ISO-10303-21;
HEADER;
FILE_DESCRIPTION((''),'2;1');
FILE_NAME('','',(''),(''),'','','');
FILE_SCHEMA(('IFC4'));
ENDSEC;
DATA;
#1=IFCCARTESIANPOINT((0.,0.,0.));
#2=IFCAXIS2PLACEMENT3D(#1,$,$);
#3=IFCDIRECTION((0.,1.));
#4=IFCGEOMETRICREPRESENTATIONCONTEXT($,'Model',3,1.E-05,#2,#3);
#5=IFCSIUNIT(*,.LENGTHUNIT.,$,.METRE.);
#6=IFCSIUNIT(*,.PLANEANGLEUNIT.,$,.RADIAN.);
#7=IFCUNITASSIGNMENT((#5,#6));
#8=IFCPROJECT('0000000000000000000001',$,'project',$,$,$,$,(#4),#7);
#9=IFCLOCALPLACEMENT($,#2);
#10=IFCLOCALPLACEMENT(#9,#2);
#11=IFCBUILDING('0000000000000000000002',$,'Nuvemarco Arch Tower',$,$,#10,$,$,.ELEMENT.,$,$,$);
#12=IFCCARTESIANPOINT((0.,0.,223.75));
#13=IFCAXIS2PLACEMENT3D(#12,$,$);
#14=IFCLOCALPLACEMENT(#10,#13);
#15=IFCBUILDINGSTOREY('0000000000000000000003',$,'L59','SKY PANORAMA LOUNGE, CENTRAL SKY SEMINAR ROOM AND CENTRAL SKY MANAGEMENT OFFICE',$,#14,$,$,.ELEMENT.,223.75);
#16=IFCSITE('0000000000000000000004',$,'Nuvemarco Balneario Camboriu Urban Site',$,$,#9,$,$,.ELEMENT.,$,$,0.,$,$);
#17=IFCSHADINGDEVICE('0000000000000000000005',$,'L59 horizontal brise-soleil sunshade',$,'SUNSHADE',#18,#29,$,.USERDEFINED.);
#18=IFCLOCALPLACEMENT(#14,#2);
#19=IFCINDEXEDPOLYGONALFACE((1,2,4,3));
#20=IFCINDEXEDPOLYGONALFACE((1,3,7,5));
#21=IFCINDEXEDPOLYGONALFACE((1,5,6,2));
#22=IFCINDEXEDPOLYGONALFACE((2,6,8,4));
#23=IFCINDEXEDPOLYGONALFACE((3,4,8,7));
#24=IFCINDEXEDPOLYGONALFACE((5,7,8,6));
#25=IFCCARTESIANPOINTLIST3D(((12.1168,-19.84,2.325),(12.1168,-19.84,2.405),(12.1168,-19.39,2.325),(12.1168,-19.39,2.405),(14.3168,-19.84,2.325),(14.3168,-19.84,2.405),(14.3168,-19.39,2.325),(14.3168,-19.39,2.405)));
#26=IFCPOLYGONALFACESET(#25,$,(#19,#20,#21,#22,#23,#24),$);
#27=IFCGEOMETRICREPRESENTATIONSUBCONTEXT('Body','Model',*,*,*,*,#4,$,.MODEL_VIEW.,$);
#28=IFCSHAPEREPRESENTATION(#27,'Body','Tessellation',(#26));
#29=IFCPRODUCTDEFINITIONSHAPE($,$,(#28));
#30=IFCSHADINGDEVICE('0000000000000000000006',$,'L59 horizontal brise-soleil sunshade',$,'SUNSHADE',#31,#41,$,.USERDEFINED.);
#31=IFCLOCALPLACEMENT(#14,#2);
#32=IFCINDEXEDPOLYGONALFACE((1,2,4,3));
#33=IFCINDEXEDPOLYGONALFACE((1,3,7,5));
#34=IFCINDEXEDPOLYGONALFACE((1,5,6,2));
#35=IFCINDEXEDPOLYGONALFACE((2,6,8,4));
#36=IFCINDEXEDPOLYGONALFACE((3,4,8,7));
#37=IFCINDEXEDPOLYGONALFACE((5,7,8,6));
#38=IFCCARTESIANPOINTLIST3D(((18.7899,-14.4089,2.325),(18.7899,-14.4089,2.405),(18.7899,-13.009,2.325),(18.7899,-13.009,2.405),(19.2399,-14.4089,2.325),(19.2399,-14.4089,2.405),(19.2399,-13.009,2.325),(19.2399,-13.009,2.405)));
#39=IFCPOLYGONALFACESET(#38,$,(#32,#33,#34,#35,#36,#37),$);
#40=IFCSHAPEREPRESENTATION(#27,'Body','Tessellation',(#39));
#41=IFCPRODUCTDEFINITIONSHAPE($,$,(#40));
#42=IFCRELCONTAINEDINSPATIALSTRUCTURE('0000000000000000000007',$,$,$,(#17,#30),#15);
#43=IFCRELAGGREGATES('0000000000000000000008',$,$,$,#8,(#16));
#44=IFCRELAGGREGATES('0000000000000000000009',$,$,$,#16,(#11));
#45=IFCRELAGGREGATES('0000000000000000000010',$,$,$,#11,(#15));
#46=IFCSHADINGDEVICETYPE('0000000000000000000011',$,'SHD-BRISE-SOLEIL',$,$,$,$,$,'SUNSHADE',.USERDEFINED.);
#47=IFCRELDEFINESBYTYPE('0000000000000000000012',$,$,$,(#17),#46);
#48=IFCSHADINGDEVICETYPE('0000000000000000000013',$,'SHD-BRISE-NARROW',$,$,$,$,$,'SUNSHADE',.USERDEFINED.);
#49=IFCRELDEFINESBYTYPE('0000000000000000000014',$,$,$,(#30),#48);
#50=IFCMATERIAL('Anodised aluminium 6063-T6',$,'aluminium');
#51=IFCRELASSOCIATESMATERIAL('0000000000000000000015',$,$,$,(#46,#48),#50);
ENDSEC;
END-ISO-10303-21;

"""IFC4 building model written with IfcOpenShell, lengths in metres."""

from ifc_helpers import new_model, si_unit, direction, frame, origin, origin_2d, place, context, subcontext, project, spatial, rectangle, extrude, source, transform, mapped, material, type_object, type_shapes, element, save


model = new_model("IFC4")

# Units and contexts
model_context = context("Model", 3, precision=1e-05, world=origin(), true_north=direction((0.0, 1.0)))
body_context = subcontext(model_context, "Body", "Model", "MODEL_VIEW")
ifc_project = project(units=[si_unit("LENGTHUNIT", "METRE"), si_unit("PLANEANGLEUNIT", "RADIAN")], contexts=[model_context])

# Site, building, storey
site_placement = place(None, origin())
site = spatial("IfcSite", under=ifc_project, at=site_placement, Name="Nuvemarco Balneario Camboriu Urban Site", CompositionType="ELEMENT", RefElevation=0.0)
building_placement = place(site_placement, origin())
building = spatial("IfcBuilding", under=site, at=building_placement, Name="Nuvemarco Arch Tower", CompositionType="ELEMENT")
storey_placement = place(building_placement, frame((0.0, 0.0, 223.75)))
storey = spatial("IfcBuildingStorey", under=building, at=storey_placement, Name="L59", Description="SKY PANORAMA LOUNGE, CENTRAL SKY SEMINAR ROOM AND CENTRAL SKY MANAGEMENT OFFICE", CompositionType="ELEMENT", Elevation=223.75)

# Shading devices
ifc_material_1 = material(Name="Anodised aluminium 6063-T6", Category="aluminium")
shading_device_type_1 = type_object("IfcShadingDeviceType", Name="SHD-BRISE-SOLEIL", ElementType="SUNSHADE", PredefinedType="USERDEFINED", material=ifc_material_1)
shared_shape_1 = source(origin(), body_context, "Body", "SweptSolid", [
    extrude(rectangle(XDim=2.2, YDim=0.45, at=origin_2d()), origin(), (0.0, 0.0, 1.0), 0.0801),
])
type_shapes(shading_device_type_1, [shared_shape_1])
for number, where, z_axis, x_axis, name in (
    (1, (13.2168, -19.615, 2.325), (0.0, 0.0, 1.0), (1.0, 0.0, 0.0), "L59 horizontal brise-soleil sunshade"),
):
    element("IfcShadingDevice", number, at=place(storey_placement, frame(where, z_axis=z_axis, x_axis=x_axis)), inside=storey, type_object=shading_device_type_1, Name=name, ObjectType="SUNSHADE", PredefinedType="USERDEFINED", context=body_context, shape_type="MappedRepresentation", body=[
        mapped(shared_shape_1, transform((0.0, 0.0, 0.0), scale=1.0)),
    ])
shading_device_type_2 = type_object("IfcShadingDeviceType", Name="SHD-BRISE-NARROW", ElementType="SUNSHADE", PredefinedType="USERDEFINED", material=ifc_material_1)
shared_shape_2 = source(origin(), body_context, "Body", "SweptSolid", [
    extrude(rectangle(XDim=1.3999, YDim=0.45, at=origin_2d()), origin(), (0.0, 0.0, 1.0), 0.0801),
])
type_shapes(shading_device_type_2, [shared_shape_2])
shading_device_placement = place(storey_placement, frame((19.0149, -13.709, 2.325), z_axis=(0.0, 0.0, 1.0), x_axis=(0.0, 1.0, 0.0)))
element("IfcShadingDevice", 2, at=shading_device_placement, inside=storey, type_object=shading_device_type_2, Name="L59 horizontal brise-soleil sunshade", ObjectType="SUNSHADE", PredefinedType="USERDEFINED", context=body_context, shape_type="MappedRepresentation", body=[
    mapped(shared_shape_2, transform((0.0, 0.0, 0.0), scale=1.0)),
])

save(model, "model.ifc")
